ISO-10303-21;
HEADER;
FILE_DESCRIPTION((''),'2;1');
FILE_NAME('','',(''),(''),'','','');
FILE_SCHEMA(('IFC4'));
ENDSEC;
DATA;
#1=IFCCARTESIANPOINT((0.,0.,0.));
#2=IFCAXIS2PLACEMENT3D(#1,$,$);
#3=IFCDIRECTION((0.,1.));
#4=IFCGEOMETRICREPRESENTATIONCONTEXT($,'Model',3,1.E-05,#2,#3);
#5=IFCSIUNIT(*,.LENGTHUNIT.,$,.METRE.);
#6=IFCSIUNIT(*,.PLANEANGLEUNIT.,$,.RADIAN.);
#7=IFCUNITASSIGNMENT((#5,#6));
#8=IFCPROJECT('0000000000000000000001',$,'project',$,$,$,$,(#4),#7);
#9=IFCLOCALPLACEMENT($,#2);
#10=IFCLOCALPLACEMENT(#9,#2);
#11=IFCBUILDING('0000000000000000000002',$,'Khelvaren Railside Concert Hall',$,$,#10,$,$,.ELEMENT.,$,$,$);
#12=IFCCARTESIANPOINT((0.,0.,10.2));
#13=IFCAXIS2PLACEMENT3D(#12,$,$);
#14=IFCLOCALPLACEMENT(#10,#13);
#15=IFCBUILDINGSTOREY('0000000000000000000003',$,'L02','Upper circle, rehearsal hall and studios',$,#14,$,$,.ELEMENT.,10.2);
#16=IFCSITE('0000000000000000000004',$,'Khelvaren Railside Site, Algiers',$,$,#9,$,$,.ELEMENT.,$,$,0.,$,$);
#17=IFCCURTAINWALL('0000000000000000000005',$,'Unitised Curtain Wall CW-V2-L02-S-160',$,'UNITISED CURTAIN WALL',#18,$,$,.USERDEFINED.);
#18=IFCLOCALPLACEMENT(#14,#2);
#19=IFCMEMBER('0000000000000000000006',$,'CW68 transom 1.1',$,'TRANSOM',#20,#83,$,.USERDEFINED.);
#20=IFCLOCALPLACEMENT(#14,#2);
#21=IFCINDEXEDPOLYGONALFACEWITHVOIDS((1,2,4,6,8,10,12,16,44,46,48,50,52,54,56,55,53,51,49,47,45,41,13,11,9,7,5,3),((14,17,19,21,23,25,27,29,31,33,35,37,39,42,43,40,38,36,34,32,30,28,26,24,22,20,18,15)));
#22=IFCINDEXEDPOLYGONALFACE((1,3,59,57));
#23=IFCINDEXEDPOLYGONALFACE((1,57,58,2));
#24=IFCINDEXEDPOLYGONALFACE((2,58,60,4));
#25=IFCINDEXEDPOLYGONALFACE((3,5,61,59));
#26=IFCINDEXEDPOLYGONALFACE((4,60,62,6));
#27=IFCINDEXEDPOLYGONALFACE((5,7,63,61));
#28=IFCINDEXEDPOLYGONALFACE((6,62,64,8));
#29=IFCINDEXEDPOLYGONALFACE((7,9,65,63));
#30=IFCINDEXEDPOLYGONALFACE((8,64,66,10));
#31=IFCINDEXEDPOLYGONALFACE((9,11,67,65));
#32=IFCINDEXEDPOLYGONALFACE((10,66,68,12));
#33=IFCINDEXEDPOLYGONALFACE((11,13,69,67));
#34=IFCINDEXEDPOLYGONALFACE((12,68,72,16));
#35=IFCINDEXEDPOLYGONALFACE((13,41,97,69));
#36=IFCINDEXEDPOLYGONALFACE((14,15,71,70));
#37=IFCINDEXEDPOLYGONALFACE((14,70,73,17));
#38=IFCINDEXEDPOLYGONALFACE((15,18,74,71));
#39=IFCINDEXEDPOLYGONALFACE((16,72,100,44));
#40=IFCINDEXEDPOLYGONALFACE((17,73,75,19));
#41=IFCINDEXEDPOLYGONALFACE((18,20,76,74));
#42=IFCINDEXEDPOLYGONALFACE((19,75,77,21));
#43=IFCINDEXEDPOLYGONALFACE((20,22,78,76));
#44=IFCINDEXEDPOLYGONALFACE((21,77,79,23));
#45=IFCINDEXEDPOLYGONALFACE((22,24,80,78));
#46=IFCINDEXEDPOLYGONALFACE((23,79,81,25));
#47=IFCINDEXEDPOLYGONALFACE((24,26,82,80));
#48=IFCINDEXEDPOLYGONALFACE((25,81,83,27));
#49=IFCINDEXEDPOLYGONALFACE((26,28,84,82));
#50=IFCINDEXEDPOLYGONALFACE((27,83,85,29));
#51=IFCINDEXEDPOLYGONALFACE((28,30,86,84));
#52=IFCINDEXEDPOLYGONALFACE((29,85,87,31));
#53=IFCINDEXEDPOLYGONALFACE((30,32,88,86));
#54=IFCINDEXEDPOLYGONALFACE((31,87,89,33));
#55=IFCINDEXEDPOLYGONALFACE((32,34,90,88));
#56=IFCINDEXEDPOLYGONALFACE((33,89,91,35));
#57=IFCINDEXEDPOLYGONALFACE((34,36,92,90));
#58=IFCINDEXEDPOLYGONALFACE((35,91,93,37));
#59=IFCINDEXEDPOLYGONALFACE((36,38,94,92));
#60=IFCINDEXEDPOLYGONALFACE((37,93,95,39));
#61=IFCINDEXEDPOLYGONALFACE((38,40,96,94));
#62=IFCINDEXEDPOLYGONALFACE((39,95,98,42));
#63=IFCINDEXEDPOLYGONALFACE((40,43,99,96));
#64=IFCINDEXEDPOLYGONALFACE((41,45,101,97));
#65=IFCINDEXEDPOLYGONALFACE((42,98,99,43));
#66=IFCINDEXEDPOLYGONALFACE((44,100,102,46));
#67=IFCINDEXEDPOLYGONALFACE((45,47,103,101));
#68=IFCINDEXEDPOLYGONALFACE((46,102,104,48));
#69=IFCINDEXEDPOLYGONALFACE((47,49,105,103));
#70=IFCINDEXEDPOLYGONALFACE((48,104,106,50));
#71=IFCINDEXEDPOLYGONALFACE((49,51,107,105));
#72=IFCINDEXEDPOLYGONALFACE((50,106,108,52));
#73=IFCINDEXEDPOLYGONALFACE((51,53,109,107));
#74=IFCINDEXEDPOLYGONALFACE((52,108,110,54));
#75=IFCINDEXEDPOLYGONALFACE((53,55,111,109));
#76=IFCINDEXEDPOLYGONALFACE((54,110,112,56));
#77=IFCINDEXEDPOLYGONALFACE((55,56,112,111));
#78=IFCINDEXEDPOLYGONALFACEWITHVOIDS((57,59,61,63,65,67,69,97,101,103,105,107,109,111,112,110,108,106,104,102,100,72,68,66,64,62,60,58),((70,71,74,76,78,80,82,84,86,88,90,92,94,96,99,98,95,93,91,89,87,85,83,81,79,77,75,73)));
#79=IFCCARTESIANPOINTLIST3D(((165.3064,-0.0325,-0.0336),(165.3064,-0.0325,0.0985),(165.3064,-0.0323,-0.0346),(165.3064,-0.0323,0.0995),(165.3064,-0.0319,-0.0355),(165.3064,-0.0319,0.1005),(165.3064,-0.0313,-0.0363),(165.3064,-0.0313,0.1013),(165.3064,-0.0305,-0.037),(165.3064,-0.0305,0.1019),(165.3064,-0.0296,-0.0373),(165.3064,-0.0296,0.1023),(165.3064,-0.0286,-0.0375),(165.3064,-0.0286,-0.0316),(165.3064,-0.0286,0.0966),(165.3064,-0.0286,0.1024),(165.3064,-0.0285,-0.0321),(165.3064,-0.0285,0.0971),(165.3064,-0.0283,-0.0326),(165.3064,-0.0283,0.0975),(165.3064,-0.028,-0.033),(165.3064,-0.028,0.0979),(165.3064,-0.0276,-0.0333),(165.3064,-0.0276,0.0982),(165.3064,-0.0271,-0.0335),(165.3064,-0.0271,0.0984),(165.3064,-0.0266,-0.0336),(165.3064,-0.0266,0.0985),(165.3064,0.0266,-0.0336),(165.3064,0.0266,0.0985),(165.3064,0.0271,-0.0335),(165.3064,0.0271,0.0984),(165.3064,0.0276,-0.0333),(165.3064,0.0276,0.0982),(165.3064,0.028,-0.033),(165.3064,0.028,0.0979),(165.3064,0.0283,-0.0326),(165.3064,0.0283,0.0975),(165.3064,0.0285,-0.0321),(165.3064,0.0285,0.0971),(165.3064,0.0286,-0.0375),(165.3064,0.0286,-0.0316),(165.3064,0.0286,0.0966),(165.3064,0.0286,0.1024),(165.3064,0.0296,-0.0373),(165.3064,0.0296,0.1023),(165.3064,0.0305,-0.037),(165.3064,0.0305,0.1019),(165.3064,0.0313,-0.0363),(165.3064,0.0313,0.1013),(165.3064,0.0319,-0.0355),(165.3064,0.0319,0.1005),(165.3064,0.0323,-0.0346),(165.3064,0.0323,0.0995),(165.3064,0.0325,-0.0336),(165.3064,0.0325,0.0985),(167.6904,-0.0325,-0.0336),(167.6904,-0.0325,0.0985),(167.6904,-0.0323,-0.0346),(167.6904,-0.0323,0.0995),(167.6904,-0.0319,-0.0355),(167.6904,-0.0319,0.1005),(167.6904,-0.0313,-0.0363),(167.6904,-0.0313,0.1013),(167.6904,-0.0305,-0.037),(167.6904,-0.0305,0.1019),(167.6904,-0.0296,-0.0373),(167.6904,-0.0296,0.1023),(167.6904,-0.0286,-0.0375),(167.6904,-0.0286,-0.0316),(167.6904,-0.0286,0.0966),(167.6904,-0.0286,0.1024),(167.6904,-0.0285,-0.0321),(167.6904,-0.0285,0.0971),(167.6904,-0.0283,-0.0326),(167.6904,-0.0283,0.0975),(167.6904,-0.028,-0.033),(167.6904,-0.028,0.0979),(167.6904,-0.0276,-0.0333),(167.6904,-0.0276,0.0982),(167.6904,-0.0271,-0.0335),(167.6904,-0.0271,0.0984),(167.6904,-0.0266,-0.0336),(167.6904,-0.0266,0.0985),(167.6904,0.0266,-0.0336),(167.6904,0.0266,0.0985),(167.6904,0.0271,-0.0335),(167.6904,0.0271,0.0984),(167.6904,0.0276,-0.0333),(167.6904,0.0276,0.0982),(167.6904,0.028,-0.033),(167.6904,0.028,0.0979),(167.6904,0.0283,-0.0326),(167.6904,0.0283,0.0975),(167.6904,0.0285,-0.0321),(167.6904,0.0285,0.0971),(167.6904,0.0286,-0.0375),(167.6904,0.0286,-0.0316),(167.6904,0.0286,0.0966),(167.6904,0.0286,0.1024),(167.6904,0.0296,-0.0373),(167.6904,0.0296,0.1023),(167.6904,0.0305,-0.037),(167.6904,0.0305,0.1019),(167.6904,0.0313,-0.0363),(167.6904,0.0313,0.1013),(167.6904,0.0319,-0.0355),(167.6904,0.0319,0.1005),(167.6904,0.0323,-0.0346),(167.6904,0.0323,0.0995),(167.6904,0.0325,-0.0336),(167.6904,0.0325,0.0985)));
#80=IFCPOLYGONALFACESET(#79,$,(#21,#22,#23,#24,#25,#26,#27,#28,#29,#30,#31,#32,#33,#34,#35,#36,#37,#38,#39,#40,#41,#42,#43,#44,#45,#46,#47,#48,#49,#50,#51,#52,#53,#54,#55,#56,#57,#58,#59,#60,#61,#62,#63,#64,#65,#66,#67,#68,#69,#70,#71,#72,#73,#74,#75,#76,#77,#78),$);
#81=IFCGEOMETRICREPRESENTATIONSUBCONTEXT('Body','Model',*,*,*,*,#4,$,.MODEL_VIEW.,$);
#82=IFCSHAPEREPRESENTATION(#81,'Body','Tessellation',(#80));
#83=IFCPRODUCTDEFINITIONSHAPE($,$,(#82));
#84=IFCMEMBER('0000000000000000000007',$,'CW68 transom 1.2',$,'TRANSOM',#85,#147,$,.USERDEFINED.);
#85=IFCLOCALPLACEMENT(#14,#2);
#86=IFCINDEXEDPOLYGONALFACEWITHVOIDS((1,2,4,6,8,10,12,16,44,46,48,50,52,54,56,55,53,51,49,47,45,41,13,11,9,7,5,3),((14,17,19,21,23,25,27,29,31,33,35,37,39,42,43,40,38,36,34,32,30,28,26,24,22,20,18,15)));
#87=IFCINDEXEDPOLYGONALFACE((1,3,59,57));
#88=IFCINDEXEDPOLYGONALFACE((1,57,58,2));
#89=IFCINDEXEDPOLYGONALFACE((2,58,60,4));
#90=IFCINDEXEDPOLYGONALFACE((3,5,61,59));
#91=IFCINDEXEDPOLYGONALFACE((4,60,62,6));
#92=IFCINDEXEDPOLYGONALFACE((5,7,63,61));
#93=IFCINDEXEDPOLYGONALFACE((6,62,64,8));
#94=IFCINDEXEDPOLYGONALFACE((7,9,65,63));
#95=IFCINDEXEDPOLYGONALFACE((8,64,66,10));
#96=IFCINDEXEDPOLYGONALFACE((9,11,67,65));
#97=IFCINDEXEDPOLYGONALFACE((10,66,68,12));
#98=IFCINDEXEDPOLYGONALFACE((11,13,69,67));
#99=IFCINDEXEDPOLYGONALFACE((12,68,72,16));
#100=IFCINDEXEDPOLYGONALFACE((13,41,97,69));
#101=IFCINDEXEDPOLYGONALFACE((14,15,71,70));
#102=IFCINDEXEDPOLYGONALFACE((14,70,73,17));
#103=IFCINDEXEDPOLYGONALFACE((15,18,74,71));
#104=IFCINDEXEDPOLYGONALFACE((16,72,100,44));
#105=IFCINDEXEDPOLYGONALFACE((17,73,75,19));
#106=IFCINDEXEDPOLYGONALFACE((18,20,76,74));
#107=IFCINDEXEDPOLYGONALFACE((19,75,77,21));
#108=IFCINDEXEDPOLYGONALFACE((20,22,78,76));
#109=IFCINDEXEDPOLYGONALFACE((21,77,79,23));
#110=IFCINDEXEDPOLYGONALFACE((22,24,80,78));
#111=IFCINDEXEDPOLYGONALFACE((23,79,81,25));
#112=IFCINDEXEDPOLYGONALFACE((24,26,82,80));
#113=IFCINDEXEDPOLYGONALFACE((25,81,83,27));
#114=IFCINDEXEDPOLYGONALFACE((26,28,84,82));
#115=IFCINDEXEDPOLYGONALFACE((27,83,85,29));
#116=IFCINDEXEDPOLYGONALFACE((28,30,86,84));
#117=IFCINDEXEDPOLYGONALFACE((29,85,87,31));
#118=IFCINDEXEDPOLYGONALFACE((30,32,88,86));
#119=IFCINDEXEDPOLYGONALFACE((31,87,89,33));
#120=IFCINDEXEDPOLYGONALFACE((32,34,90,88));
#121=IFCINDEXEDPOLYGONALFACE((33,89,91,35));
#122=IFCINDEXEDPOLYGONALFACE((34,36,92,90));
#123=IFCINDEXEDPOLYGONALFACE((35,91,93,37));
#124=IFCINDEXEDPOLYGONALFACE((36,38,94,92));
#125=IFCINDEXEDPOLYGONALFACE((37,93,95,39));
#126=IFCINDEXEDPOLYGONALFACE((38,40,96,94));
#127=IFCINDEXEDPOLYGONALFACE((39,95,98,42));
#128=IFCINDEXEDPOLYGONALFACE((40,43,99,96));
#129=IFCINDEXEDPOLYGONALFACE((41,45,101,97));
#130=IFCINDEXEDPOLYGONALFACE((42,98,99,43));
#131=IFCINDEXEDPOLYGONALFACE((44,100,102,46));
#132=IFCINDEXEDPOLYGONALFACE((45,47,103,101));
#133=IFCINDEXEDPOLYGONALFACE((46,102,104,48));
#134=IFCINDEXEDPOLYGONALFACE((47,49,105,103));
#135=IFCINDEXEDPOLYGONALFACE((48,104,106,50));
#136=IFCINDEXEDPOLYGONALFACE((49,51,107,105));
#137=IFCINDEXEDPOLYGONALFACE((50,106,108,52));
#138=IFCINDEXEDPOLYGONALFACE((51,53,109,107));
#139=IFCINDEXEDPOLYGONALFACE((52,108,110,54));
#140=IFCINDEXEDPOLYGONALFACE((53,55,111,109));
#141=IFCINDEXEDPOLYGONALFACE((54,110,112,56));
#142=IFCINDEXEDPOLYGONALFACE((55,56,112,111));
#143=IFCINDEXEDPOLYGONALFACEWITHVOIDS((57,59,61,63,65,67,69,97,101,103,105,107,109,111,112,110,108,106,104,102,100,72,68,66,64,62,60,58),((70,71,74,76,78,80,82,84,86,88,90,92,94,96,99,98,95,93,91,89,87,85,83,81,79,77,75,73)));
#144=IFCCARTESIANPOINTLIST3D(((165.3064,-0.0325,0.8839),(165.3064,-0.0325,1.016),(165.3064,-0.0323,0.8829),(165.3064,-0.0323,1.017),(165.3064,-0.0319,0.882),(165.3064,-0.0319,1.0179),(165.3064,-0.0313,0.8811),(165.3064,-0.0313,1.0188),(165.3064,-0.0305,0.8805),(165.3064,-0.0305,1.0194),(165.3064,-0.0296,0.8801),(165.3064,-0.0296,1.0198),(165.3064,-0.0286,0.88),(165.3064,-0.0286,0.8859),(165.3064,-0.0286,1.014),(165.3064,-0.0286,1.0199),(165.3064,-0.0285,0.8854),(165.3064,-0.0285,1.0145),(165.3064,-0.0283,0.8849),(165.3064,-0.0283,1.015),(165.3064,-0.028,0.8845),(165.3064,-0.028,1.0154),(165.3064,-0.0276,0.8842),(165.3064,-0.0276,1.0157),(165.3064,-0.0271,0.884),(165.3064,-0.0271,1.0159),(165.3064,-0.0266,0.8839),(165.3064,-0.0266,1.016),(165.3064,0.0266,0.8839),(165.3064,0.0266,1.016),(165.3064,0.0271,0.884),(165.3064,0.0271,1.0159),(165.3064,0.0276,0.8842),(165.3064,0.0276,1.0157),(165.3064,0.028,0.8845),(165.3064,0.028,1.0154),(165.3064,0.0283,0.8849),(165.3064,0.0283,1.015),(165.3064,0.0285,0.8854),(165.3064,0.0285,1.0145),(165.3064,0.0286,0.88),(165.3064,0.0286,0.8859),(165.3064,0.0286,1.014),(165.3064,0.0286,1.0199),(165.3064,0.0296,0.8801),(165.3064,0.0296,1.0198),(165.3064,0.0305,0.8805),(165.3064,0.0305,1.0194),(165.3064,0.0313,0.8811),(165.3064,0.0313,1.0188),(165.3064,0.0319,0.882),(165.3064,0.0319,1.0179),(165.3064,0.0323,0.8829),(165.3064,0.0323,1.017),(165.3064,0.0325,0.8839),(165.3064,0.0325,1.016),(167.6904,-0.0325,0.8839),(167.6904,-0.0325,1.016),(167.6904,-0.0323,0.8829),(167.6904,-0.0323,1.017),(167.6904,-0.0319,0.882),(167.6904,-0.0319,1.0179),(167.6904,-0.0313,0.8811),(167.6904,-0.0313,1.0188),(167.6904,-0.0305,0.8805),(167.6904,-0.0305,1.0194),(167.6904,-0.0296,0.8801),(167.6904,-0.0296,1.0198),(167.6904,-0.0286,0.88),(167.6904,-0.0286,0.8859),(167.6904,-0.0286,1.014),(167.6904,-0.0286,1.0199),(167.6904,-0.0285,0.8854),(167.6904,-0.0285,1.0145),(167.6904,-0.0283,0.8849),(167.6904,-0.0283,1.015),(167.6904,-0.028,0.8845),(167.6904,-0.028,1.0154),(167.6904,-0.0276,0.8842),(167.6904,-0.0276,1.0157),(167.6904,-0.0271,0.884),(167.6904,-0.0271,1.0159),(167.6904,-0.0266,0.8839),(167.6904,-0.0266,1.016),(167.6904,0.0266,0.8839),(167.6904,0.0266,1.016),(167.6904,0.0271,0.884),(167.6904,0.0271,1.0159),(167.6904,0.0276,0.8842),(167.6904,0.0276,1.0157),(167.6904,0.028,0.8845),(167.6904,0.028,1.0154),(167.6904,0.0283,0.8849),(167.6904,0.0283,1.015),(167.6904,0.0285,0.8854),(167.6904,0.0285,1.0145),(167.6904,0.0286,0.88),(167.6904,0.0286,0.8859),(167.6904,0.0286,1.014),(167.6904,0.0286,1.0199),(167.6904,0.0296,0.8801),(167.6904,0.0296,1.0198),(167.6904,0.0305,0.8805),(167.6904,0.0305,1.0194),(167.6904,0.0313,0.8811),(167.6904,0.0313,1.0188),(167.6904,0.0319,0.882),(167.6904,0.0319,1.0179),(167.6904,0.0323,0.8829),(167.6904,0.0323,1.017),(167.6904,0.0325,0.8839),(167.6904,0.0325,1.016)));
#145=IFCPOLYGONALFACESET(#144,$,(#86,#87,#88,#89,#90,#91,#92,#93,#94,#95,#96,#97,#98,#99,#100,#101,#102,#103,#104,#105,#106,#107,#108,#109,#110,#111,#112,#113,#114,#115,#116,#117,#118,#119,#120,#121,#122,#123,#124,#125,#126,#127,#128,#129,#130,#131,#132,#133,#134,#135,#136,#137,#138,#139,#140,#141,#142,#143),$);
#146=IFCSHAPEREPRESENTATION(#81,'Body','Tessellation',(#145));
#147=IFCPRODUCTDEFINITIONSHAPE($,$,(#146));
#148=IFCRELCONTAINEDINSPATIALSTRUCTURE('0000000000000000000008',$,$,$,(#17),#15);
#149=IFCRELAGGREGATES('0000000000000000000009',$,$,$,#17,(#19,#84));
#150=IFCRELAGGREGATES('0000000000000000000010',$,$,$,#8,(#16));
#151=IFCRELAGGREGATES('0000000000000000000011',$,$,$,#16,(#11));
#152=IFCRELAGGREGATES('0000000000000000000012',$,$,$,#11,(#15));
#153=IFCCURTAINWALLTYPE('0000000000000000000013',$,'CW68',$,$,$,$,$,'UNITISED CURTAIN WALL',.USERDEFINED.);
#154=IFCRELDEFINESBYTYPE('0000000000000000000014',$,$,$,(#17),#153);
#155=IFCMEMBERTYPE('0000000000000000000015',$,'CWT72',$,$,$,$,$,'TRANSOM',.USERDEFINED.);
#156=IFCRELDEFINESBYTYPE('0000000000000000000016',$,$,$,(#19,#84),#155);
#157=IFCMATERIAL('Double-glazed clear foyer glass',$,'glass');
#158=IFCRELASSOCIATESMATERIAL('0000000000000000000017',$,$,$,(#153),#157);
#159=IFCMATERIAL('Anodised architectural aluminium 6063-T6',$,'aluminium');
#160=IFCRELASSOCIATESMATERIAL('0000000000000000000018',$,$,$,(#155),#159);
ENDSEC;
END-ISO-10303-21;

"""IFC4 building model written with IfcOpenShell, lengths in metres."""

from ifc_helpers import new_model, si_unit, direction, frame, origin, origin_2d, place, context, subcontext, project, spatial, hollow_rectangle, extrude, material, material_profile, profile_set, type_object, element, aggregate, save


model = new_model("IFC4")

# Units and contexts
model_context = context("Model", 3, precision=1e-05, world=origin(), true_north=direction((0.0, 1.0)))
body_context = subcontext(model_context, "Body", "Model", "MODEL_VIEW")
ifc_project = project(units=[si_unit("LENGTHUNIT", "METRE"), si_unit("PLANEANGLEUNIT", "RADIAN")], contexts=[model_context])

# Site, building, storey
site_placement = place(None, origin())
site = spatial("IfcSite", under=ifc_project, at=site_placement, Name="Khelvaren Railside Site, Algiers", CompositionType="ELEMENT", RefElevation=0.0)
building_placement = place(site_placement, origin())
building = spatial("IfcBuilding", under=site, at=building_placement, Name="Khelvaren Railside Concert Hall", CompositionType="ELEMENT")
storey_placement = place(building_placement, frame((0.0, 0.0, 10.2)))
storey = spatial("IfcBuildingStorey", under=building, at=storey_placement, Name="L02", Description="Upper circle, rehearsal hall and studios", CompositionType="ELEMENT", Elevation=10.2)

# Curtain wall
ifc_material_1 = material(Name="Double-glazed clear foyer glass", Category="glass")
curtain_wall_type_1 = type_object("IfcCurtainWallType", Name="CW68", ElementType="UNITISED CURTAIN WALL", PredefinedType="USERDEFINED", material=ifc_material_1)
curtain_wall_1_placement = place(storey_placement, origin())
curtain_wall_1 = element("IfcCurtainWall", 1, at=curtain_wall_1_placement, inside=storey, type_object=curtain_wall_type_1, Name="Unitised Curtain Wall CW-V2-L02-S-160", ObjectType="UNITISED CURTAIN WALL", PredefinedType="USERDEFINED")
ifc_material_2 = material(Name="Anodised architectural aluminium 6063-T6", Category="aluminium")

# Members
ifc_material_profile_1 = material_profile(ifc_material_2, hollow_rectangle(XDim=0.0649, YDim=0.1399, WallThickness=0.0039, InnerFilletRadius=0.002, OuterFilletRadius=0.0039, at=origin_2d()), Name="CWT 65x140x4")
ifc_profile_set_1 = profile_set([ifc_material_profile_1], Name="Anodised architectural aluminium 6063-T6")
member_type_1 = type_object("IfcMemberType", Name="CWT72", ElementType="TRANSOM", PredefinedType="USERDEFINED", material=ifc_profile_set_1)
member_1_placement = place(storey_placement, frame((167.6904, 0.0, 0.0325), z_axis=(-1.0, 0.0, 0.0), x_axis=(0.0, -1.0, 0.0)))
member_1 = element("IfcMember", 2, at=member_1_placement, type_object=member_type_1, Name="CW68 transom 1.1", ObjectType="TRANSOM", PredefinedType="USERDEFINED", context=body_context, shape_type="SweptSolid", body=[
    extrude(hollow_rectangle(XDim=0.0649, YDim=0.1399, WallThickness=0.0039, InnerFilletRadius=0.002, OuterFilletRadius=0.0039, at=origin_2d()), origin(), (0.0, 0.0, 1.0), 2.384),
])
member_2_placement = place(storey_placement, frame((167.6904, 0.0, 0.95), z_axis=(-1.0, 0.0, 0.0), x_axis=(0.0, -1.0, 0.0)))
member_2 = element("IfcMember", 3, at=member_2_placement, type_object=member_type_1, Name="CW68 transom 1.2", ObjectType="TRANSOM", PredefinedType="USERDEFINED", context=body_context, shape_type="SweptSolid", body=[
    extrude(hollow_rectangle(XDim=0.0649, YDim=0.1399, WallThickness=0.0039, InnerFilletRadius=0.002, OuterFilletRadius=0.0039, at=origin_2d()), origin(), (0.0, 0.0, 1.0), 2.384),
])
aggregate(curtain_wall_1, [member_1, member_2])

save(model, "model.ifc")
